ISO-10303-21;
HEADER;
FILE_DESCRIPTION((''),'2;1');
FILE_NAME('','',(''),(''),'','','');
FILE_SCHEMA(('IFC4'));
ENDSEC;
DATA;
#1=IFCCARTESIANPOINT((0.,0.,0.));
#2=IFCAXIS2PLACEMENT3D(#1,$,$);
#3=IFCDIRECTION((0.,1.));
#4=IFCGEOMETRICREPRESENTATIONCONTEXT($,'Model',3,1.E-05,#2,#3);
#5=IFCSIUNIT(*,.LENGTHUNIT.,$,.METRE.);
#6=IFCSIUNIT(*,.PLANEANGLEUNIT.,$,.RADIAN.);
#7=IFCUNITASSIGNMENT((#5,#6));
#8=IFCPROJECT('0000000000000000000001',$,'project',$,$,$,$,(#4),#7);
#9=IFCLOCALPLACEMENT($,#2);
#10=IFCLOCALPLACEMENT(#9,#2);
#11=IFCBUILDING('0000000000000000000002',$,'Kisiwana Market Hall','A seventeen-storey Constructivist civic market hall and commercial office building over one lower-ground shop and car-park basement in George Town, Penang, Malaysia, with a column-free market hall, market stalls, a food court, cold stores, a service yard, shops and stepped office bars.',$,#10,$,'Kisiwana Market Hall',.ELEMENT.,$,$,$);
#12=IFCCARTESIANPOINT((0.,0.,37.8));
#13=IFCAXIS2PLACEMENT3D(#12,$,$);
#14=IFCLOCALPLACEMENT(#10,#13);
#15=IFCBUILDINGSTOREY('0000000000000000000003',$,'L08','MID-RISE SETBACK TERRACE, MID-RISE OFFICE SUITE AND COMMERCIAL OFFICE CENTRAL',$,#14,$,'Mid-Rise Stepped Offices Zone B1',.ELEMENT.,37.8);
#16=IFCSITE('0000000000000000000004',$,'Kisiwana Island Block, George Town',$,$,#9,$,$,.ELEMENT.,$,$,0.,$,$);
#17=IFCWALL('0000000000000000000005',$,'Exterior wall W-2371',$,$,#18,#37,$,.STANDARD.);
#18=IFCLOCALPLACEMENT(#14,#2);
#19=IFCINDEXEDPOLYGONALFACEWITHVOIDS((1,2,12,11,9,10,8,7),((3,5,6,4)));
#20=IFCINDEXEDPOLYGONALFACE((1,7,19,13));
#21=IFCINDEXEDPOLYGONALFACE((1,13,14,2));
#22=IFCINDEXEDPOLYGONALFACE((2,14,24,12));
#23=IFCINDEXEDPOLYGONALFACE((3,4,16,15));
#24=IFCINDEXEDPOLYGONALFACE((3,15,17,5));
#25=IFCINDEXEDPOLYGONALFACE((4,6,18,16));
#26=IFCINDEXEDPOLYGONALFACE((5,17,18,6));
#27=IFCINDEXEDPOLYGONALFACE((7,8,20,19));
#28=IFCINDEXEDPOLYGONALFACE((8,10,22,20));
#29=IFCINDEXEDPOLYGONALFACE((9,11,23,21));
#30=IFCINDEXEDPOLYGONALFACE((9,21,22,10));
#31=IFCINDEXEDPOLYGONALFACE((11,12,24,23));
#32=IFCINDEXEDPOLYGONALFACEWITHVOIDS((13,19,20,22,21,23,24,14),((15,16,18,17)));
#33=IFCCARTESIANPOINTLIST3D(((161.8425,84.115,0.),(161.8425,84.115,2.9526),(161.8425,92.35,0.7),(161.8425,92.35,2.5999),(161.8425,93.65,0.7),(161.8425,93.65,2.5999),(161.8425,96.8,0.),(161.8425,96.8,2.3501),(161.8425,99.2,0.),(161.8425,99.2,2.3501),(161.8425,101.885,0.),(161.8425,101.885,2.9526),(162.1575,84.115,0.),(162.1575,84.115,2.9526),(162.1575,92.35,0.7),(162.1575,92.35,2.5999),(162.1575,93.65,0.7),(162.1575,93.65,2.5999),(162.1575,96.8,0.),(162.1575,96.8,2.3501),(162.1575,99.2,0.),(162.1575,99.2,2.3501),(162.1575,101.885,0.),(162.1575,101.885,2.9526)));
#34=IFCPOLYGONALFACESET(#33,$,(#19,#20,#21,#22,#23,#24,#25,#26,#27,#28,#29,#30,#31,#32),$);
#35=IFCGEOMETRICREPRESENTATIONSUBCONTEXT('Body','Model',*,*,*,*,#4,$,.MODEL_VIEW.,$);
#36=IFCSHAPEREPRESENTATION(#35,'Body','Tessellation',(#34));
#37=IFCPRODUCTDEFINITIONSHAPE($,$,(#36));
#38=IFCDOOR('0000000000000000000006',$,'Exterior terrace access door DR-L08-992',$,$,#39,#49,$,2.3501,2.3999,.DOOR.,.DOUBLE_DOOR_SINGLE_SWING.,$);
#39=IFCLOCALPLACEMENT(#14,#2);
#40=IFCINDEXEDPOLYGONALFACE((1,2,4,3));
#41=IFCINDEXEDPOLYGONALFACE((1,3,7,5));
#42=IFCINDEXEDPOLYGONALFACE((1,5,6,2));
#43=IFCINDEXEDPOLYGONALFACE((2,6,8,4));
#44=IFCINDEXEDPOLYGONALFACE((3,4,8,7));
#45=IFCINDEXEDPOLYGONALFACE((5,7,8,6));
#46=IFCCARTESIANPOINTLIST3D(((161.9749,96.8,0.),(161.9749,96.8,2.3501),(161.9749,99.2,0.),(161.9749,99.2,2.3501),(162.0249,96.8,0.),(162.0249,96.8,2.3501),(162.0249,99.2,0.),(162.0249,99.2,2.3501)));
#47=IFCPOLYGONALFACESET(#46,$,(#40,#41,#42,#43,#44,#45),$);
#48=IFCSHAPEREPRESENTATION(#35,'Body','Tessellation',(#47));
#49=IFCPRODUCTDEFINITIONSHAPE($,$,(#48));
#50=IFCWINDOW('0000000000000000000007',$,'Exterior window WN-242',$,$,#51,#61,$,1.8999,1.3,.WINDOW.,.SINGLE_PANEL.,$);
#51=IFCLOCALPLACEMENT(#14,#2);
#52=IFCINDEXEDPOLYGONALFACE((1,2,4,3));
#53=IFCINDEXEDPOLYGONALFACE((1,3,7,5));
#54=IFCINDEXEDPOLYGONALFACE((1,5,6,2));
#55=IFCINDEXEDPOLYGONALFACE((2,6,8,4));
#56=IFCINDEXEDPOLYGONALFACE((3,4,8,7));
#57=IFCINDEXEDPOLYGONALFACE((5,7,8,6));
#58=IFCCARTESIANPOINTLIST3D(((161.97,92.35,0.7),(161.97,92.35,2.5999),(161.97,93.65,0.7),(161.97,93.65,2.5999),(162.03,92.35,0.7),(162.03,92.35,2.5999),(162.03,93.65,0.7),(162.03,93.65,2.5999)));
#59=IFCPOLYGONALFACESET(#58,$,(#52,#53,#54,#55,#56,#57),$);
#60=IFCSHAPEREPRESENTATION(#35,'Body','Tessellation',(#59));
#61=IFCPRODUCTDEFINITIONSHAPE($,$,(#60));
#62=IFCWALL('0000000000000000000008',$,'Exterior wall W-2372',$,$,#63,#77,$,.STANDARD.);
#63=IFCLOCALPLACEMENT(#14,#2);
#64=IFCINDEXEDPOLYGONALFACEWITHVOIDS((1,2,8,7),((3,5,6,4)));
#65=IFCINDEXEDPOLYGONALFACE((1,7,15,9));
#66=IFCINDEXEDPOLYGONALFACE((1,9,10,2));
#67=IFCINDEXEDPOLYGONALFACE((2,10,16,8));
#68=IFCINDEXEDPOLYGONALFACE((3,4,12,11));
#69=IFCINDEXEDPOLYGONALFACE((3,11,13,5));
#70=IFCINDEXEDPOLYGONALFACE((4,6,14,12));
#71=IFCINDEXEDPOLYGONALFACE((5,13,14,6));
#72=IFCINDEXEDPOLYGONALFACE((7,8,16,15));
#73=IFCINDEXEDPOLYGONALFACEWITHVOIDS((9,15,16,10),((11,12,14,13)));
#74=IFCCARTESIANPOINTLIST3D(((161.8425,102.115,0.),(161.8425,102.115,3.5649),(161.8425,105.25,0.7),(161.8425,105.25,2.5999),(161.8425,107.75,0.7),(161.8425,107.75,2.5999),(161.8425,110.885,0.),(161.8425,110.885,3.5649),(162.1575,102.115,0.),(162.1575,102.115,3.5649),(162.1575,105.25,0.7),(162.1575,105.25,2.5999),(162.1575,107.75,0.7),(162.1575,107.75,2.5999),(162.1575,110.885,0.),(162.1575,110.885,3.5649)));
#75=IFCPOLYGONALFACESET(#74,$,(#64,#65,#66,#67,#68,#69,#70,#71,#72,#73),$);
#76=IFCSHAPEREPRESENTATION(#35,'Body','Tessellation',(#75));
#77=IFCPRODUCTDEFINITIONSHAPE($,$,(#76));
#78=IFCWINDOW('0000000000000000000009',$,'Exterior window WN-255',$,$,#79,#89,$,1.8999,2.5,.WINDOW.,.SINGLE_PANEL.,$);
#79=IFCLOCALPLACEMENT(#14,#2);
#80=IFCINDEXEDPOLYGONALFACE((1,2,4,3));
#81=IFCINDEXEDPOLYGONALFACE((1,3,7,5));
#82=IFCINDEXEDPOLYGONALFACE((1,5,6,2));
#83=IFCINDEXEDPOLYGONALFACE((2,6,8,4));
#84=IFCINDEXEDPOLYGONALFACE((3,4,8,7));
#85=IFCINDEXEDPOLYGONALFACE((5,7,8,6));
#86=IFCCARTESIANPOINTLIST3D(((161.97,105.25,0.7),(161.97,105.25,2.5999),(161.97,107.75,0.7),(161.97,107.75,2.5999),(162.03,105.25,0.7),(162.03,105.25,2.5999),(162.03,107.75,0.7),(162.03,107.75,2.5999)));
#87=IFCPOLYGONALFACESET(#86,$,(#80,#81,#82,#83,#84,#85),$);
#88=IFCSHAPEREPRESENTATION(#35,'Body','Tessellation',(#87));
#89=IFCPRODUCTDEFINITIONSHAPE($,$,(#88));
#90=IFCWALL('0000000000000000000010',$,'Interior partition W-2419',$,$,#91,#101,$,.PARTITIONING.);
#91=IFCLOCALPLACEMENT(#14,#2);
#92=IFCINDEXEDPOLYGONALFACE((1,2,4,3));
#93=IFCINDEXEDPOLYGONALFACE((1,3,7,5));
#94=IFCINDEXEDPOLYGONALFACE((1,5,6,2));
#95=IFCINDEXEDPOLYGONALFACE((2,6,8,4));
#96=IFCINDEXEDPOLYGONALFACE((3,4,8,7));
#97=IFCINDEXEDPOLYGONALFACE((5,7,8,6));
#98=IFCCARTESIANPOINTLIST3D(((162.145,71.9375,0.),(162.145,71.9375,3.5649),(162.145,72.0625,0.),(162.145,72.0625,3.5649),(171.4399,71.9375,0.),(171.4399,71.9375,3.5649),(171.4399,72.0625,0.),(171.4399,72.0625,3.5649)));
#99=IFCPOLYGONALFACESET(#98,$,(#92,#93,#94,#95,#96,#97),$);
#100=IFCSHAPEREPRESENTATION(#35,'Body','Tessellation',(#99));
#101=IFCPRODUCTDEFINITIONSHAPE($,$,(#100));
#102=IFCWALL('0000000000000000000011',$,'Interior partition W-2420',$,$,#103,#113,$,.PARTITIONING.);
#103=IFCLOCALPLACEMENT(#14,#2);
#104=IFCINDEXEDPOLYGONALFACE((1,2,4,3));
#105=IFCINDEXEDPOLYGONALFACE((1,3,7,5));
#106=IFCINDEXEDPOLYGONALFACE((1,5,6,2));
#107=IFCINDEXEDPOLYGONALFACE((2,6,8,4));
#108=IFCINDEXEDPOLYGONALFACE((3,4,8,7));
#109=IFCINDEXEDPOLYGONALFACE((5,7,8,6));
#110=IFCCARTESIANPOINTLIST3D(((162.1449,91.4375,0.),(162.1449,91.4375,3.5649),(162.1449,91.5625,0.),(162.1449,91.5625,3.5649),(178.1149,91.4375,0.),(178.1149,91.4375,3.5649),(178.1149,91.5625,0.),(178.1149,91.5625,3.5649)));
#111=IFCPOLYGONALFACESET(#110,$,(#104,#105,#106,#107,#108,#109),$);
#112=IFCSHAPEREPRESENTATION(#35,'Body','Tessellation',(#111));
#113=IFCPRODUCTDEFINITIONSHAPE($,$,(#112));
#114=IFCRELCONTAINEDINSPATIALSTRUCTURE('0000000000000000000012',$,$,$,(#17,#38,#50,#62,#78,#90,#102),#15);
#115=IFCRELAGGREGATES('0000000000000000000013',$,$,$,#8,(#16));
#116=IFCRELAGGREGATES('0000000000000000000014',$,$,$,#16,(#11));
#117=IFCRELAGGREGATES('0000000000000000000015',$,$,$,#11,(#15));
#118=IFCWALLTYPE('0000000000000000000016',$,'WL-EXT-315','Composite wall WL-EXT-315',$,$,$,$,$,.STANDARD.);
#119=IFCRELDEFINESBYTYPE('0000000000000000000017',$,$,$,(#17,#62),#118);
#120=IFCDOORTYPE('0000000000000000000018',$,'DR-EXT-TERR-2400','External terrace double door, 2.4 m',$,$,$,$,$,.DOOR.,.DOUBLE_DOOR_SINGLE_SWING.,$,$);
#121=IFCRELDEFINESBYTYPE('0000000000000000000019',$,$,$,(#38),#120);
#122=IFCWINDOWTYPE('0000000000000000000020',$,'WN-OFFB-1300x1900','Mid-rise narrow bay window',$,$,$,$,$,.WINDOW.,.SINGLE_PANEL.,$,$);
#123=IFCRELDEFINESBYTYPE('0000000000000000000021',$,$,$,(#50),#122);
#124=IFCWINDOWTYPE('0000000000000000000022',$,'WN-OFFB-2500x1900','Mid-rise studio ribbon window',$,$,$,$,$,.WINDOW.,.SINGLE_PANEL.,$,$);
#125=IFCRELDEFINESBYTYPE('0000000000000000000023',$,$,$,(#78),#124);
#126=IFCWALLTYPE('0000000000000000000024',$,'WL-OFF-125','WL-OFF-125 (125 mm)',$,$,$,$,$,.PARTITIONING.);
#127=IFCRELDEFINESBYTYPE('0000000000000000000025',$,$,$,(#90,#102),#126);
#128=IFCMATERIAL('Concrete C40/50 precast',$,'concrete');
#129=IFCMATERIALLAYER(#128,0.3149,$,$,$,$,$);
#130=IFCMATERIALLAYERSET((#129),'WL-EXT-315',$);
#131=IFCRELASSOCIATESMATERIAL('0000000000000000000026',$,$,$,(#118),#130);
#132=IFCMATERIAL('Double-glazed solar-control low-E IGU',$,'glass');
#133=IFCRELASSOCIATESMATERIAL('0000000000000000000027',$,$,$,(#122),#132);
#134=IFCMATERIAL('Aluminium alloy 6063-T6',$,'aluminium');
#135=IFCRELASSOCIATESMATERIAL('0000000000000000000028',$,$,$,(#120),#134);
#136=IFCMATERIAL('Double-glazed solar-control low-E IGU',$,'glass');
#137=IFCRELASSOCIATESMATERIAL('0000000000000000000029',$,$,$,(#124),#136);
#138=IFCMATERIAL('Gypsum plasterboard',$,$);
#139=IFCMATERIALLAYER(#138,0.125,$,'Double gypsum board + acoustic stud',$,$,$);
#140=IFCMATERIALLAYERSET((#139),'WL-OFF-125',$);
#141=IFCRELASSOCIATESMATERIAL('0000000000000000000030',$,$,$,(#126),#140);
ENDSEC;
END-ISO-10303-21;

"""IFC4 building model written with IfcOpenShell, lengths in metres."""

from ifc_helpers import new_model, si_unit, direction, frame, frame_2d, origin, place, context, subcontext, project, spatial, rectangle, extrude, material, layer, layer_set, type_object, element, fill, save


model = new_model("IFC4")

# Units and contexts
model_context = context("Model", 3, precision=1e-05, world=origin(), true_north=direction((0.0, 1.0)))
body_context = subcontext(model_context, "Body", "Model", "MODEL_VIEW")
ifc_project = project(units=[si_unit("LENGTHUNIT", "METRE"), si_unit("PLANEANGLEUNIT", "RADIAN")], contexts=[model_context])

# Site, building, storey
site_placement = place(None, origin())
site = spatial("IfcSite", under=ifc_project, at=site_placement, Name="Kisiwana Island Block, George Town", CompositionType="ELEMENT", RefElevation=0.0)
building_placement = place(site_placement, origin())
building = spatial("IfcBuilding", under=site, at=building_placement, Name="Kisiwana Market Hall", Description="A seventeen-storey Constructivist civic market hall and commercial office building over one lower-ground shop and car-park basement in George Town, Penang, Malaysia, with a column-free market hall, market stalls, a food court, cold stores, a service yard, shops and stepped office bars.", LongName="Kisiwana Market Hall", CompositionType="ELEMENT")
storey_placement = place(building_placement, frame((0.0, 0.0, 37.8)))
storey = spatial("IfcBuildingStorey", under=building, at=storey_placement, Name="L08", Description="MID-RISE SETBACK TERRACE, MID-RISE OFFICE SUITE AND COMMERCIAL OFFICE CENTRAL", LongName="Mid-Rise Stepped Offices Zone B1", CompositionType="ELEMENT", Elevation=37.8)

# Shared definitions
ifc_material_1 = material(Name="Concrete C40/50 precast", Category="concrete")
ifc_layer_1 = layer(ifc_material_1, 0.3149)
ifc_layer_set_1 = layer_set([ifc_layer_1], Name="WL-EXT-315")
wall_type_1 = type_object("IfcWallType", Name="WL-EXT-315", Description="Composite wall WL-EXT-315", PredefinedType="STANDARD", material=ifc_layer_set_1)
ifc_material_2 = material(Name="Double-glazed solar-control low-E IGU", Category="glass")
window_type_1 = type_object("IfcWindowType", Name="WN-OFFB-1300x1900", Description="Mid-rise narrow bay window", PartitioningType="SINGLE_PANEL", PredefinedType="WINDOW", material=ifc_material_2)

# Wall, openings, door, window
wall_1_placement = place(storey_placement, frame((162.0, 84.115, 0.0), z_axis=(0.0, 0.0, 1.0), x_axis=(0.0, 1.0, 0.0)))
wall_1 = element("IfcWall", 1, at=wall_1_placement, inside=storey, type_object=wall_type_1, Name="Exterior wall W-2371", PredefinedType="STANDARD", context=body_context, shape_type="SweptSolid", body=[
    extrude(rectangle(XDim=17.77, YDim=0.3149, at=frame_2d((8.885, 0.0))), origin(), (0.0, 0.0, 1.0), 2.9526),
])
opening_1_placement = place(wall_1_placement, frame((8.2351, 0.0, 0.7)))
opening_1 = element("IfcOpeningElement", 2, at=opening_1_placement, cuts=wall_1, PredefinedType="OPENING", context=body_context, shape_type="SweptSolid", body=[
    extrude(rectangle(XDim=1.3, YDim=1.8999, at=frame_2d((0.6499, 0.95))), frame((0.0, 0.1694, 0.0), z_axis=(0.0, -1.0, 0.0), x_axis=(1.0, 0.0, 0.0)), (0.0, 0.0, 1.0), 0.3389),
])
opening_2_placement = place(wall_1_placement, frame((12.6851, 0.0, 0.0)))
opening_2 = element("IfcOpeningElement", 3, at=opening_2_placement, cuts=wall_1, PredefinedType="OPENING", context=body_context, shape_type="SweptSolid", body=[
    extrude(rectangle(XDim=2.3999, YDim=2.3501, at=frame_2d((1.2, 1.175))), frame((0.0, 0.1694, 0.0), z_axis=(0.0, -1.0, 0.0), x_axis=(1.0, 0.0, 0.0)), (0.0, 0.0, 1.0), 0.3389),
])
ifc_material_3 = material(Name="Aluminium alloy 6063-T6", Category="aluminium")
door_type = type_object("IfcDoorType", Name="DR-EXT-TERR-2400", Description="External terrace double door, 2.4 m", OperationType="DOUBLE_DOOR_SINGLE_SWING", PredefinedType="DOOR", material=ifc_material_3)
door_placement = place(opening_2_placement, frame((2.3999, 0.0, 0.0), z_axis=(0.0, 0.0, 1.0), x_axis=(-1.0, 0.0, 0.0)))
door = element("IfcDoor", 4, at=door_placement, inside=storey, type_object=door_type, Name="Exterior terrace access door DR-L08-992", OperationType="DOUBLE_DOOR_SINGLE_SWING", OverallHeight=2.3501, OverallWidth=2.3999, PredefinedType="DOOR", context=body_context, shape_type="SweptSolid", body=[
    extrude(rectangle(XDim=2.3999, YDim=2.3501, at=frame_2d((1.2, 1.175))), frame((0.0, 0.0249, 0.0), z_axis=(0.0, -1.0, 0.0), x_axis=(1.0, 0.0, 0.0)), (0.0, 0.0, 1.0), 0.05),
])
fill(opening_2, door)
window_1_placement = place(opening_1_placement, origin())
window_1 = element("IfcWindow", 5, at=window_1_placement, inside=storey, type_object=window_type_1, Name="Exterior window WN-242", OverallHeight=1.8999, OverallWidth=1.3, PartitioningType="SINGLE_PANEL", PredefinedType="WINDOW", context=body_context, shape_type="SweptSolid", body=[
    extrude(rectangle(XDim=1.3, YDim=1.8999, at=frame_2d((0.6499, 0.95))), frame((0.0, 0.03, 0.0), z_axis=(0.0, -1.0, 0.0), x_axis=(1.0, 0.0, 0.0)), (0.0, 0.0, 1.0), 0.0601),
])
fill(opening_1, window_1)

# Wall, opening, window
wall_2_placement = place(storey_placement, frame((162.0, 102.115, 0.0), z_axis=(0.0, 0.0, 1.0), x_axis=(0.0, 1.0, 0.0)))
wall_2 = element("IfcWall", 6, at=wall_2_placement, inside=storey, type_object=wall_type_1, Name="Exterior wall W-2372", PredefinedType="STANDARD", context=body_context, shape_type="SweptSolid", body=[
    extrude(rectangle(XDim=8.77, YDim=0.3149, at=frame_2d((4.385, 0.0))), origin(), (0.0, 0.0, 1.0), 3.5649),
])
opening_3_placement = place(wall_2_placement, frame((3.135, 0.0, 0.7)))
opening_3 = element("IfcOpeningElement", 7, at=opening_3_placement, cuts=wall_2, PredefinedType="OPENING", context=body_context, shape_type="SweptSolid", body=[
    extrude(rectangle(XDim=2.5, YDim=1.8999, at=frame_2d((1.25, 0.95))), frame((0.0, 0.1694, 0.0), z_axis=(0.0, -1.0, 0.0), x_axis=(1.0, 0.0, 0.0)), (0.0, 0.0, 1.0), 0.3389),
])
ifc_material_4 = material(Name="Double-glazed solar-control low-E IGU", Category="glass")
window_type_2 = type_object("IfcWindowType", Name="WN-OFFB-2500x1900", Description="Mid-rise studio ribbon window", PartitioningType="SINGLE_PANEL", PredefinedType="WINDOW", material=ifc_material_4)
window_2_placement = place(opening_3_placement, origin())
window_2 = element("IfcWindow", 8, at=window_2_placement, inside=storey, type_object=window_type_2, Name="Exterior window WN-255", OverallHeight=1.8999, OverallWidth=2.5, PartitioningType="SINGLE_PANEL", PredefinedType="WINDOW", context=body_context, shape_type="SweptSolid", body=[
    extrude(rectangle(XDim=2.5, YDim=1.8999, at=frame_2d((1.25, 0.95))), frame((0.0, 0.03, 0.0), z_axis=(0.0, -1.0, 0.0), x_axis=(1.0, 0.0, 0.0)), (0.0, 0.0, 1.0), 0.0601),
])
fill(opening_3, window_2)

# Walls
ifc_material_5 = material(Name="Gypsum plasterboard")
ifc_layer_2 = layer(ifc_material_5, 0.125, Name="Double gypsum board + acoustic stud")
ifc_layer_set_2 = layer_set([ifc_layer_2], Name="WL-OFF-125")
wall_type_2 = type_object("IfcWallType", Name="WL-OFF-125", Description="WL-OFF-125 (125 mm)", PredefinedType="PARTITIONING", material=ifc_layer_set_2)
wall_3_placement = place(storey_placement, frame((162.145, 72.0, 0.0), z_axis=(0.0, 0.0, 1.0), x_axis=(1.0, 0.0, 0.0)))
element("IfcWall", 9, at=wall_3_placement, inside=storey, type_object=wall_type_2, Name="Interior partition W-2419", PredefinedType="PARTITIONING", context=body_context, shape_type="SweptSolid", body=[
    extrude(rectangle(XDim=9.2949, YDim=0.125, at=frame_2d((4.6475, 0.0))), origin(), (0.0, 0.0, 1.0), 3.5649),
])
wall_4_placement = place(storey_placement, frame((162.145, 91.5, 0.0), z_axis=(0.0, 0.0, 1.0), x_axis=(1.0, 0.0, 0.0)))
element("IfcWall", 10, at=wall_4_placement, inside=storey, type_object=wall_type_2, Name="Interior partition W-2420", PredefinedType="PARTITIONING", context=body_context, shape_type="SweptSolid", body=[
    extrude(rectangle(XDim=15.97, YDim=0.125, at=frame_2d((7.9849, 0.0))), origin(), (0.0, 0.0, 1.0), 3.5649),
])

save(model, "model.ifc")
